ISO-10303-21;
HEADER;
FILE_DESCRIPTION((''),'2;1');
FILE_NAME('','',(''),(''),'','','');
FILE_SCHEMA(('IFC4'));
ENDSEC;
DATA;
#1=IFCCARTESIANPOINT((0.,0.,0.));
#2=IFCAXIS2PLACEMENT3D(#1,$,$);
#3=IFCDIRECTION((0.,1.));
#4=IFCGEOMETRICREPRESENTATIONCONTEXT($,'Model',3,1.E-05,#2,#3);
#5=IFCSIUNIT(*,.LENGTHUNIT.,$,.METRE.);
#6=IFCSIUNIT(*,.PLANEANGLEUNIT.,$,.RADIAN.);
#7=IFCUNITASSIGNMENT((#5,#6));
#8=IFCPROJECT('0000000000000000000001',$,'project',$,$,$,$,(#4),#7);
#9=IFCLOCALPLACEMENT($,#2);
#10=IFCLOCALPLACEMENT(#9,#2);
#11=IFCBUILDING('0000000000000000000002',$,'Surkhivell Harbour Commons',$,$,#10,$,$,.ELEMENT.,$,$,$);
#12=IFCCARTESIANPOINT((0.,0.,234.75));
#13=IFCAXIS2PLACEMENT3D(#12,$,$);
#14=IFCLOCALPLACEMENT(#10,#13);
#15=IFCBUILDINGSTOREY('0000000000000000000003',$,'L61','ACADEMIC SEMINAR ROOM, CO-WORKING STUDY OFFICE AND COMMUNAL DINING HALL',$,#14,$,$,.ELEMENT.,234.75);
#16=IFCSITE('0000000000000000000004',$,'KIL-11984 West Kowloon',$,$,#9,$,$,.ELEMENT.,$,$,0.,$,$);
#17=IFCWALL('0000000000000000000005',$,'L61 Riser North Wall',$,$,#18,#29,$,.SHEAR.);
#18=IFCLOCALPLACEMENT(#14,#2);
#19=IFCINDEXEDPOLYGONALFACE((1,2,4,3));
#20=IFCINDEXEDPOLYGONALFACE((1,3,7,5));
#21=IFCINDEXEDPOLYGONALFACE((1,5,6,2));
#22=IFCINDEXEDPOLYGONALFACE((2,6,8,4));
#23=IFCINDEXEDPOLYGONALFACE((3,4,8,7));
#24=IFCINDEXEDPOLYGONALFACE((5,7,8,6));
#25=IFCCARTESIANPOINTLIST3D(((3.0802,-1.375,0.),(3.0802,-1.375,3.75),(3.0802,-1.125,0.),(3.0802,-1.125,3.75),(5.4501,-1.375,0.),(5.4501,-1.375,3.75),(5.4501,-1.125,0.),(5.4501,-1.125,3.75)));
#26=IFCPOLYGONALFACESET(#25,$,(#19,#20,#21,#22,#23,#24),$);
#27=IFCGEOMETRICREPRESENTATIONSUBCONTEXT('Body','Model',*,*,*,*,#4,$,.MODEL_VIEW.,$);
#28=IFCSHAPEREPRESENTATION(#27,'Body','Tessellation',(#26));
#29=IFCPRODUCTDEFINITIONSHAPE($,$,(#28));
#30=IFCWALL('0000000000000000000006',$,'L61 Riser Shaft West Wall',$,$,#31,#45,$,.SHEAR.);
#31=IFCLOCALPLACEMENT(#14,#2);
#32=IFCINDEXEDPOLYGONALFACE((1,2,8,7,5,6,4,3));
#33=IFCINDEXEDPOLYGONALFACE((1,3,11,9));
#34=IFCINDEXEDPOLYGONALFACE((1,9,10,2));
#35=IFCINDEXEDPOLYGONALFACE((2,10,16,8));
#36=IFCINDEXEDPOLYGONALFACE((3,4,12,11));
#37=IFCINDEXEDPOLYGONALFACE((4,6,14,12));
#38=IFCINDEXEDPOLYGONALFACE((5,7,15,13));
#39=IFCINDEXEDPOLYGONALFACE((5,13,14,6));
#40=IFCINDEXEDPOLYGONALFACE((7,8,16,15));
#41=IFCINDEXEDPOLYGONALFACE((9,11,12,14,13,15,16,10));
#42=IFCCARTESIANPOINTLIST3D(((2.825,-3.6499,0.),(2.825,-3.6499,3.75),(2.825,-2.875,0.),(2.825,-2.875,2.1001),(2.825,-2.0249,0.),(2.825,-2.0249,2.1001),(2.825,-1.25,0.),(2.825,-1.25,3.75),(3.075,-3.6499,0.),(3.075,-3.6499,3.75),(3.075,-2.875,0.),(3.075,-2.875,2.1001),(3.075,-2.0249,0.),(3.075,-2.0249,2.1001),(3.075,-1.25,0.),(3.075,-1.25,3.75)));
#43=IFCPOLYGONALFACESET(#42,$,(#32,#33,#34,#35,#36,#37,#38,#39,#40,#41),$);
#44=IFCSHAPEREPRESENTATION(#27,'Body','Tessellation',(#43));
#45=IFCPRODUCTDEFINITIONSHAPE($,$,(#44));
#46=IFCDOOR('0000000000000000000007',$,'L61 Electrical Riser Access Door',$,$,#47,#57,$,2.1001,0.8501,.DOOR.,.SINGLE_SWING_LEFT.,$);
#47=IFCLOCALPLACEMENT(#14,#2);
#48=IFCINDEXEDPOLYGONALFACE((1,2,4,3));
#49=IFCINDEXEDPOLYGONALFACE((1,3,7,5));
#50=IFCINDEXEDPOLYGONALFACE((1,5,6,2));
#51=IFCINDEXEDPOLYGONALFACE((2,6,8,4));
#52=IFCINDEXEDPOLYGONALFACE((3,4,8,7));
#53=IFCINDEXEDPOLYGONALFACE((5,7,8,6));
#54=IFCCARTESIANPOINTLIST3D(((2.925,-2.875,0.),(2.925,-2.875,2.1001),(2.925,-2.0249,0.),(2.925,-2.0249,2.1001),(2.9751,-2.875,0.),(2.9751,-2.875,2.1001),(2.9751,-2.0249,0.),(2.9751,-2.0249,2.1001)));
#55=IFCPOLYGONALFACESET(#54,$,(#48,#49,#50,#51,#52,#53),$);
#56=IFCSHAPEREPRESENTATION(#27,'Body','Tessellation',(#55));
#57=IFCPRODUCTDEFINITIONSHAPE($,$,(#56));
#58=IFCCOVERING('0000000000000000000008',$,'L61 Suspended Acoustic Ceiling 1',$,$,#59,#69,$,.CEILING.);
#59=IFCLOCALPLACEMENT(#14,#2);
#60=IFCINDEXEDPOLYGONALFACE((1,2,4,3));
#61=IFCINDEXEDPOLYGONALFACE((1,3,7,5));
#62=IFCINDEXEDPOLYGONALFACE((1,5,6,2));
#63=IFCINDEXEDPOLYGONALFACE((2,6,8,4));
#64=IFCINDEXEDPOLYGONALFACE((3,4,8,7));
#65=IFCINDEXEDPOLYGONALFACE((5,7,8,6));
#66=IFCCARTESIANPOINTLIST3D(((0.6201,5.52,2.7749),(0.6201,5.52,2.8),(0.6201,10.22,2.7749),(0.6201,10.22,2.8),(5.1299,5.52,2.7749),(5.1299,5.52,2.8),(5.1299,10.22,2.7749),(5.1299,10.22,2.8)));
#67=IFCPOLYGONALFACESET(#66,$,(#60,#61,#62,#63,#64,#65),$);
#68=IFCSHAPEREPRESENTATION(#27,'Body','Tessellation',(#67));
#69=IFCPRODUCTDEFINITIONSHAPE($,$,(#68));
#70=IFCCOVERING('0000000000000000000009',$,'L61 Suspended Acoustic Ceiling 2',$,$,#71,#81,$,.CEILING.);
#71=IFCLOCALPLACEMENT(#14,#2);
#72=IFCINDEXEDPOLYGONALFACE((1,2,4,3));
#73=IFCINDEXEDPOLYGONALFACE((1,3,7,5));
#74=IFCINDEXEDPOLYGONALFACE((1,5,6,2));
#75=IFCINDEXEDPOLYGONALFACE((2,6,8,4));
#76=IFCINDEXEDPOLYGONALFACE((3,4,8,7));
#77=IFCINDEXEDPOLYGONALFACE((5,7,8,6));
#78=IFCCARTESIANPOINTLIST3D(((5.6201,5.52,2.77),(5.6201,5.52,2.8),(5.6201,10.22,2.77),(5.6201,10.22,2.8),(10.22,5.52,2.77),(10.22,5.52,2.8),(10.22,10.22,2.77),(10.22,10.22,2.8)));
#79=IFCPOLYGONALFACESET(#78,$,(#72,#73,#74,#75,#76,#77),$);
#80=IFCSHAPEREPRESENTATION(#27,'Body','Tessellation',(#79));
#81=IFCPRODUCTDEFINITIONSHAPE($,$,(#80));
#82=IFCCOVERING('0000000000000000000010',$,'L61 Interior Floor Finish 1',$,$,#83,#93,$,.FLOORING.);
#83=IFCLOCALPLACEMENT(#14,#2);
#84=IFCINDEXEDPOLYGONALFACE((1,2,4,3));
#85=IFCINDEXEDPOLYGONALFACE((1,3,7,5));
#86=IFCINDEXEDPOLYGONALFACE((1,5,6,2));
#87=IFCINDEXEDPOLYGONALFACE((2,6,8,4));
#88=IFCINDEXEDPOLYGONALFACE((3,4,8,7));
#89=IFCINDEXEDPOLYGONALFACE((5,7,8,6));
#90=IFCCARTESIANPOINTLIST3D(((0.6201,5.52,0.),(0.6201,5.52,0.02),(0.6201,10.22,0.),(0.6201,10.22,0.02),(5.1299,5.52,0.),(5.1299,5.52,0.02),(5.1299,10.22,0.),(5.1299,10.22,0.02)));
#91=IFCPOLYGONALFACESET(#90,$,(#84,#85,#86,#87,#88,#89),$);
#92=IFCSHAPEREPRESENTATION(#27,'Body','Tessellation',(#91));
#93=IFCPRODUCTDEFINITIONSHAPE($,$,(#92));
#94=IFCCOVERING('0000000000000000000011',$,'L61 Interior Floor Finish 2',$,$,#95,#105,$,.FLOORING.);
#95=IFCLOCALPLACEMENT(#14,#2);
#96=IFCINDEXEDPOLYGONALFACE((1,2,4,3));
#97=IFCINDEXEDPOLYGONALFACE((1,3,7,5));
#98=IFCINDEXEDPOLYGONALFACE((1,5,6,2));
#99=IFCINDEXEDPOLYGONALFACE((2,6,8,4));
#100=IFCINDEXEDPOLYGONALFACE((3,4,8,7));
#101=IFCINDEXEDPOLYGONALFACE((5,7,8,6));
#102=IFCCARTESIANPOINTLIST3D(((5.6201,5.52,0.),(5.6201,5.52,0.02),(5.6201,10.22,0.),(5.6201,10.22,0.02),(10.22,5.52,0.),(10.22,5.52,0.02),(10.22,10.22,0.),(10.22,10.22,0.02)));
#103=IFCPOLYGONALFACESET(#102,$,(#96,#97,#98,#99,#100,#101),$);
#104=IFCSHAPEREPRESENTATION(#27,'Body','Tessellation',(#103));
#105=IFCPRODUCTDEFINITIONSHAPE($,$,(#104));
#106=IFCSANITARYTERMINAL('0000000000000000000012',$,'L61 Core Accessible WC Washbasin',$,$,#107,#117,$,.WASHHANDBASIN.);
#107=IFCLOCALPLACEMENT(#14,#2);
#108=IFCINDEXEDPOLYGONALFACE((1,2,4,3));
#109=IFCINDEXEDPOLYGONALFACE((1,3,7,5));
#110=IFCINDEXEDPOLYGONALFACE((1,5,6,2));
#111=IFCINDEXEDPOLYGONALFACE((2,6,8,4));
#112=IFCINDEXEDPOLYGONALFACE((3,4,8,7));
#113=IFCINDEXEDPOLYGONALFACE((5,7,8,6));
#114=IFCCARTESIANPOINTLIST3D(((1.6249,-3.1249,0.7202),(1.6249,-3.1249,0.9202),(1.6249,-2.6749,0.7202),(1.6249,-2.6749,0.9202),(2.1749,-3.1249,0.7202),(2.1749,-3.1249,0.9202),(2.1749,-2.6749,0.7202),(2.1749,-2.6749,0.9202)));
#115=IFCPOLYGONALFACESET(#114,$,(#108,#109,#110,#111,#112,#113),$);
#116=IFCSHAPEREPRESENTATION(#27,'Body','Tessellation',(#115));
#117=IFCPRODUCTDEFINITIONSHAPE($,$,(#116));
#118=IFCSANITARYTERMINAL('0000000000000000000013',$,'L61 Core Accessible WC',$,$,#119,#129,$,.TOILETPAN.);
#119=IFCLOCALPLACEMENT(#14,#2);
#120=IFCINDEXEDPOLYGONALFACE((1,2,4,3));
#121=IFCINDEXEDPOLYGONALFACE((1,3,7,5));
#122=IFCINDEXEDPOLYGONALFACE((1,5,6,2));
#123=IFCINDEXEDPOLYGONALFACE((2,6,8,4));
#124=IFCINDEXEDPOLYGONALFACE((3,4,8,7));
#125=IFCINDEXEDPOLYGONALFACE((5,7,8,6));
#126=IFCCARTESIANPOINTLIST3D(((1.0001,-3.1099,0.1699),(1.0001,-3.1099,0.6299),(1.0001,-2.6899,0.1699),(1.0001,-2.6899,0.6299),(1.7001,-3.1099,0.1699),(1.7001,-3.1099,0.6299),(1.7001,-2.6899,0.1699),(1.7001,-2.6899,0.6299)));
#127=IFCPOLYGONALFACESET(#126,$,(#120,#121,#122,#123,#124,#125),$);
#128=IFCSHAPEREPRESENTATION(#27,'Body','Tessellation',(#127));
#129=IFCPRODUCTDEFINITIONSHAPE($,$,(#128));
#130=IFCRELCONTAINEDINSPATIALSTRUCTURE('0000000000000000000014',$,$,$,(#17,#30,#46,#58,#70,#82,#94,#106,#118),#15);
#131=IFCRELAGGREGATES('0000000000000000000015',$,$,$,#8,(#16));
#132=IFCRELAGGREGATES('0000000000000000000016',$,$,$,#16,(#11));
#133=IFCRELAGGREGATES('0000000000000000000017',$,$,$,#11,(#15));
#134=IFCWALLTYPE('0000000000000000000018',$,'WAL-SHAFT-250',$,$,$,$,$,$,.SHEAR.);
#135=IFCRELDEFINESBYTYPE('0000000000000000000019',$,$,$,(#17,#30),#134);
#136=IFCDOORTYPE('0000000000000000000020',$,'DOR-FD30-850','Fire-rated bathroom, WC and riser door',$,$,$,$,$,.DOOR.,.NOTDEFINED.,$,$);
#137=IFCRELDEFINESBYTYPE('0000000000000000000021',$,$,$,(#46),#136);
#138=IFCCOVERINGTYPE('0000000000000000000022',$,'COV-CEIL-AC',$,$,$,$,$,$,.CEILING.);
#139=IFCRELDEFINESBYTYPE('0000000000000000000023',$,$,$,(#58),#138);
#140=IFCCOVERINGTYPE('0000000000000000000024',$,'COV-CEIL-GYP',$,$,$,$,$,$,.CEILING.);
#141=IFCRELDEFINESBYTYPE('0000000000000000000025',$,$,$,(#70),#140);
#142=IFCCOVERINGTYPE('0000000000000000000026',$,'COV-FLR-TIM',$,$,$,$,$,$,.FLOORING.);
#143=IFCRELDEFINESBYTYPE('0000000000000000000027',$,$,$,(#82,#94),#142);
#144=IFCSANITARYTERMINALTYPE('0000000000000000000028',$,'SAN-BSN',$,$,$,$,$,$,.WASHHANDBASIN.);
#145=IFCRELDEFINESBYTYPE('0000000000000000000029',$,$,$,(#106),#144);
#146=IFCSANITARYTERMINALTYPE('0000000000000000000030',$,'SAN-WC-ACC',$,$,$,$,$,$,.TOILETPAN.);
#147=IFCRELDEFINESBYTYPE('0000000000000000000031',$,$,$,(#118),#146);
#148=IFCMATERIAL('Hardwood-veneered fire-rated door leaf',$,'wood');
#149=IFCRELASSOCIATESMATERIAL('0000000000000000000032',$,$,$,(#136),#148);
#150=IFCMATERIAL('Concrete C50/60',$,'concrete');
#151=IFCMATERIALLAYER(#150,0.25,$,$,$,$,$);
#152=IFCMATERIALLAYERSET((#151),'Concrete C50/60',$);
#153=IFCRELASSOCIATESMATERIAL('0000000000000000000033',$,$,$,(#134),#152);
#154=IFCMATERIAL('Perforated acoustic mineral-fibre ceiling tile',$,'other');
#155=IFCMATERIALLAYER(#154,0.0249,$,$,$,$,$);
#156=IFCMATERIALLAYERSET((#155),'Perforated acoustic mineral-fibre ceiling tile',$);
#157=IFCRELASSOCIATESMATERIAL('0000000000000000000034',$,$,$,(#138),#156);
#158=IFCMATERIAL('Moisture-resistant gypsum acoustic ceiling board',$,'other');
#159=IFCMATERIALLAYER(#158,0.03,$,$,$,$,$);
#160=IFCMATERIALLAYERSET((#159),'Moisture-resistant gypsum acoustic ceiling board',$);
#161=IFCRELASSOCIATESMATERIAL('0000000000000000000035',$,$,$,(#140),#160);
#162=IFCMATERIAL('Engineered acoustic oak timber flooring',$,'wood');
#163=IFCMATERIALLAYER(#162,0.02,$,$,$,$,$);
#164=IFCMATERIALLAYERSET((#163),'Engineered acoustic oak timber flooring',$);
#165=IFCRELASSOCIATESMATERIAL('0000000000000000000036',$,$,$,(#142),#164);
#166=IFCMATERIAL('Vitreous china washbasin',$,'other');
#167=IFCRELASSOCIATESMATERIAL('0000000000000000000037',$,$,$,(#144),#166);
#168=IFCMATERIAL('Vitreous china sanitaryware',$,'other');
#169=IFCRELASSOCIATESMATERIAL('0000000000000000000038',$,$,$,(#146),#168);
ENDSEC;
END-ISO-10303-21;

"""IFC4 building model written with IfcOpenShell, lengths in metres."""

from ifc_helpers import new_model, si_unit, direction, frame, frame_2d, origin, origin_2d, place, context, subcontext, project, spatial, polyline, rectangle, outline, extrude, material, layer, layer_set, type_object, element, fill, save


model = new_model("IFC4")

# Units and contexts
model_context = context("Model", 3, precision=1e-05, world=origin(), true_north=direction((0.0, 1.0)))
body_context = subcontext(model_context, "Body", "Model", "MODEL_VIEW")
ifc_project = project(units=[si_unit("LENGTHUNIT", "METRE"), si_unit("PLANEANGLEUNIT", "RADIAN")], contexts=[model_context])

# Site, building, storey
site_placement = place(None, origin())
site = spatial("IfcSite", under=ifc_project, at=site_placement, Name="KIL-11984 West Kowloon", CompositionType="ELEMENT", RefElevation=0.0)
building_placement = place(site_placement, origin())
building = spatial("IfcBuilding", under=site, at=building_placement, Name="Surkhivell Harbour Commons", CompositionType="ELEMENT")
storey_placement = place(building_placement, frame((0.0, 0.0, 234.75)))
storey = spatial("IfcBuildingStorey", under=building, at=storey_placement, Name="L61", Description="ACADEMIC SEMINAR ROOM, CO-WORKING STUDY OFFICE AND COMMUNAL DINING HALL", CompositionType="ELEMENT", Elevation=234.75)

# Shared definitions
ifc_material_1 = material(Name="Hardwood-veneered fire-rated door leaf", Category="wood")
door_type = type_object("IfcDoorType", Name="DOR-FD30-850", Description="Fire-rated bathroom, WC and riser door", OperationType="NOTDEFINED", PredefinedType="DOOR", material=ifc_material_1)

# Wall
ifc_material_2 = material(Name="Concrete C50/60", Category="concrete")
ifc_layer_1 = layer(ifc_material_2, 0.25)
ifc_layer_set_1 = layer_set([ifc_layer_1], Name="Concrete C50/60")
wall_type_1 = type_object("IfcWallType", Name="WAL-SHAFT-250", PredefinedType="SHEAR", material=ifc_layer_set_1)
for number, where, z_axis, x_axis, name in (
    (1, (3.0801, -1.25, 0.0), (0.0, 0.0, 1.0), (1.0, 0.0, 0.0), "L61 Riser North Wall"),
):
    element("IfcWall", number, at=place(storey_placement, frame(where, z_axis=z_axis, x_axis=x_axis)), inside=storey, type_object=wall_type_1, Name=name, PredefinedType="SHEAR", context=body_context, shape_type="SweptSolid", body=[
        extrude(rectangle(XDim=2.3699, YDim=0.25, at=frame_2d((1.1851, 0.0))), origin(), (0.0, 0.0, 1.0), 3.75),
    ])

# Wall, opening, door
wall_1_placement = place(storey_placement, frame((2.95, -3.6499, 0.0), z_axis=(0.0, 0.0, 1.0), x_axis=(0.0, 1.0, 0.0)))
wall_1 = element("IfcWall", 2, at=wall_1_placement, inside=storey, type_object=wall_type_1, Name="L61 Riser Shaft West Wall", PredefinedType="SHEAR", context=body_context, shape_type="SweptSolid", body=[
    extrude(rectangle(XDim=2.3999, YDim=0.25, at=frame_2d((1.2, 0.0))), origin(), (0.0, 0.0, 1.0), 3.75),
])
opening_1_placement = place(wall_1_placement, frame((0.7749, 0.0, 0.0)))
opening_1 = element("IfcOpeningElement", 3, at=opening_1_placement, cuts=wall_1, PredefinedType="OPENING", context=body_context, shape_type="SweptSolid", body=[
    extrude(rectangle(XDim=0.8501, YDim=2.1001, at=frame_2d((0.425, 1.05))), frame((0.0, 0.135, 0.0), z_axis=(0.0, -1.0, 0.0), x_axis=(1.0, 0.0, 0.0)), (0.0, 0.0, 1.0), 0.27),
])
door_1_placement = place(opening_1_placement, origin())
door_1 = element("IfcDoor", 4, at=door_1_placement, inside=storey, type_object=door_type, Name="L61 Electrical Riser Access Door", OperationType="SINGLE_SWING_LEFT", OverallHeight=2.1001, OverallWidth=0.8501, PredefinedType="DOOR", context=body_context, shape_type="SweptSolid", body=[
    extrude(rectangle(XDim=0.8501, YDim=2.1001, at=frame_2d((0.425, 1.05))), frame((0.0, 0.0249, 0.0), z_axis=(0.0, -1.0, 0.0), x_axis=(1.0, 0.0, 0.0)), (0.0, 0.0, 1.0), 0.05),
])
fill(opening_1, door_1)

# Coverings
ifc_material_3 = material(Name="Perforated acoustic mineral-fibre ceiling tile", Category="other")
ifc_layer_2 = layer(ifc_material_3, 0.0249)
ifc_layer_set_2 = layer_set([ifc_layer_2], Name="Perforated acoustic mineral-fibre ceiling tile")
covering_type_1 = type_object("IfcCoveringType", Name="COV-CEIL-AC", PredefinedType="CEILING", material=ifc_layer_set_2)
covering_1_placement = place(storey_placement, frame((0.0, 0.0, 2.7749)))
element("IfcCovering", 5, at=covering_1_placement, inside=storey, type_object=covering_type_1, Name="L61 Suspended Acoustic Ceiling 1", PredefinedType="CEILING", context=body_context, shape_type="SweptSolid", body=[
    extrude(outline(polyline([(0.6201, 5.52), (5.1299, 5.52), (5.1299, 10.22), (0.6201, 10.22), (0.6201, 5.52)])), origin(), (0.0, 0.0, 1.0), 0.0251),
])
ifc_material_4 = material(Name="Moisture-resistant gypsum acoustic ceiling board", Category="other")
ifc_layer_3 = layer(ifc_material_4, 0.03)
ifc_layer_set_3 = layer_set([ifc_layer_3], Name="Moisture-resistant gypsum acoustic ceiling board")
covering_type_2 = type_object("IfcCoveringType", Name="COV-CEIL-GYP", PredefinedType="CEILING", material=ifc_layer_set_3)
covering_2_placement = place(storey_placement, frame((0.0, 0.0, 2.77)))
element("IfcCovering", 6, at=covering_2_placement, inside=storey, type_object=covering_type_2, Name="L61 Suspended Acoustic Ceiling 2", PredefinedType="CEILING", context=body_context, shape_type="SweptSolid", body=[
    extrude(outline(polyline([(5.6201, 5.52), (10.22, 5.52), (10.22, 10.22), (5.6201, 10.22), (5.6201, 5.52)])), origin(), (0.0, 0.0, 1.0), 0.03),
])
ifc_material_5 = material(Name="Engineered acoustic oak timber flooring", Category="wood")
ifc_layer_4 = layer(ifc_material_5, 0.02)
ifc_layer_set_4 = layer_set([ifc_layer_4], Name="Engineered acoustic oak timber flooring")
covering_type_3 = type_object("IfcCoveringType", Name="COV-FLR-TIM", PredefinedType="FLOORING", material=ifc_layer_set_4)
covering_3_placement = place(storey_placement, origin())
element("IfcCovering", 7, at=covering_3_placement, inside=storey, type_object=covering_type_3, Name="L61 Interior Floor Finish 1", PredefinedType="FLOORING", context=body_context, shape_type="SweptSolid", body=[
    extrude(outline(polyline([(0.6201, 5.52), (5.1299, 5.52), (5.1299, 10.22), (0.6201, 10.22), (0.6201, 5.52)])), origin(), (0.0, 0.0, 1.0), 0.02),
])
covering_4_placement = place(storey_placement, origin())
element("IfcCovering", 8, at=covering_4_placement, inside=storey, type_object=covering_type_3, Name="L61 Interior Floor Finish 2", PredefinedType="FLOORING", context=body_context, shape_type="SweptSolid", body=[
    extrude(outline(polyline([(5.6201, 5.52), (10.22, 5.52), (10.22, 10.22), (5.6201, 10.22), (5.6201, 5.52)])), origin(), (0.0, 0.0, 1.0), 0.02),
])

# Sanitary terminals
ifc_material_6 = material(Name="Vitreous china washbasin", Category="other")
sanitary_terminal_type_1 = type_object("IfcSanitaryTerminalType", Name="SAN-BSN", PredefinedType="WASHHANDBASIN", material=ifc_material_6)
sanitary_terminal_1_placement = place(storey_placement, frame((1.8999, -2.8999, 0.7202), z_axis=(0.0, 0.0, 1.0), x_axis=(1.0, 0.0, 0.0)))
element("IfcSanitaryTerminal", 9, at=sanitary_terminal_1_placement, inside=storey, type_object=sanitary_terminal_type_1, Name="L61 Core Accessible WC Washbasin", PredefinedType="WASHHANDBASIN", context=body_context, shape_type="SweptSolid", body=[
    extrude(rectangle(XDim=0.55, YDim=0.45, at=origin_2d()), origin(), (0.0, 0.0, 1.0), 0.2),
])
ifc_material_7 = material(Name="Vitreous china sanitaryware", Category="other")
sanitary_terminal_type_2 = type_object("IfcSanitaryTerminalType", Name="SAN-WC-ACC", PredefinedType="TOILETPAN", material=ifc_material_7)
sanitary_terminal_2_placement = place(storey_placement, frame((1.3501, -2.8999, 0.1699), z_axis=(0.0, 0.0, 1.0), x_axis=(1.0, 0.0, 0.0)))
element("IfcSanitaryTerminal", 10, at=sanitary_terminal_2_placement, inside=storey, type_object=sanitary_terminal_type_2, Name="L61 Core Accessible WC", PredefinedType="TOILETPAN", context=body_context, shape_type="SweptSolid", body=[
    extrude(rectangle(XDim=0.7, YDim=0.4199, at=origin_2d()), origin(), (0.0, 0.0, 1.0), 0.46),
])

save(model, "model.ifc")
